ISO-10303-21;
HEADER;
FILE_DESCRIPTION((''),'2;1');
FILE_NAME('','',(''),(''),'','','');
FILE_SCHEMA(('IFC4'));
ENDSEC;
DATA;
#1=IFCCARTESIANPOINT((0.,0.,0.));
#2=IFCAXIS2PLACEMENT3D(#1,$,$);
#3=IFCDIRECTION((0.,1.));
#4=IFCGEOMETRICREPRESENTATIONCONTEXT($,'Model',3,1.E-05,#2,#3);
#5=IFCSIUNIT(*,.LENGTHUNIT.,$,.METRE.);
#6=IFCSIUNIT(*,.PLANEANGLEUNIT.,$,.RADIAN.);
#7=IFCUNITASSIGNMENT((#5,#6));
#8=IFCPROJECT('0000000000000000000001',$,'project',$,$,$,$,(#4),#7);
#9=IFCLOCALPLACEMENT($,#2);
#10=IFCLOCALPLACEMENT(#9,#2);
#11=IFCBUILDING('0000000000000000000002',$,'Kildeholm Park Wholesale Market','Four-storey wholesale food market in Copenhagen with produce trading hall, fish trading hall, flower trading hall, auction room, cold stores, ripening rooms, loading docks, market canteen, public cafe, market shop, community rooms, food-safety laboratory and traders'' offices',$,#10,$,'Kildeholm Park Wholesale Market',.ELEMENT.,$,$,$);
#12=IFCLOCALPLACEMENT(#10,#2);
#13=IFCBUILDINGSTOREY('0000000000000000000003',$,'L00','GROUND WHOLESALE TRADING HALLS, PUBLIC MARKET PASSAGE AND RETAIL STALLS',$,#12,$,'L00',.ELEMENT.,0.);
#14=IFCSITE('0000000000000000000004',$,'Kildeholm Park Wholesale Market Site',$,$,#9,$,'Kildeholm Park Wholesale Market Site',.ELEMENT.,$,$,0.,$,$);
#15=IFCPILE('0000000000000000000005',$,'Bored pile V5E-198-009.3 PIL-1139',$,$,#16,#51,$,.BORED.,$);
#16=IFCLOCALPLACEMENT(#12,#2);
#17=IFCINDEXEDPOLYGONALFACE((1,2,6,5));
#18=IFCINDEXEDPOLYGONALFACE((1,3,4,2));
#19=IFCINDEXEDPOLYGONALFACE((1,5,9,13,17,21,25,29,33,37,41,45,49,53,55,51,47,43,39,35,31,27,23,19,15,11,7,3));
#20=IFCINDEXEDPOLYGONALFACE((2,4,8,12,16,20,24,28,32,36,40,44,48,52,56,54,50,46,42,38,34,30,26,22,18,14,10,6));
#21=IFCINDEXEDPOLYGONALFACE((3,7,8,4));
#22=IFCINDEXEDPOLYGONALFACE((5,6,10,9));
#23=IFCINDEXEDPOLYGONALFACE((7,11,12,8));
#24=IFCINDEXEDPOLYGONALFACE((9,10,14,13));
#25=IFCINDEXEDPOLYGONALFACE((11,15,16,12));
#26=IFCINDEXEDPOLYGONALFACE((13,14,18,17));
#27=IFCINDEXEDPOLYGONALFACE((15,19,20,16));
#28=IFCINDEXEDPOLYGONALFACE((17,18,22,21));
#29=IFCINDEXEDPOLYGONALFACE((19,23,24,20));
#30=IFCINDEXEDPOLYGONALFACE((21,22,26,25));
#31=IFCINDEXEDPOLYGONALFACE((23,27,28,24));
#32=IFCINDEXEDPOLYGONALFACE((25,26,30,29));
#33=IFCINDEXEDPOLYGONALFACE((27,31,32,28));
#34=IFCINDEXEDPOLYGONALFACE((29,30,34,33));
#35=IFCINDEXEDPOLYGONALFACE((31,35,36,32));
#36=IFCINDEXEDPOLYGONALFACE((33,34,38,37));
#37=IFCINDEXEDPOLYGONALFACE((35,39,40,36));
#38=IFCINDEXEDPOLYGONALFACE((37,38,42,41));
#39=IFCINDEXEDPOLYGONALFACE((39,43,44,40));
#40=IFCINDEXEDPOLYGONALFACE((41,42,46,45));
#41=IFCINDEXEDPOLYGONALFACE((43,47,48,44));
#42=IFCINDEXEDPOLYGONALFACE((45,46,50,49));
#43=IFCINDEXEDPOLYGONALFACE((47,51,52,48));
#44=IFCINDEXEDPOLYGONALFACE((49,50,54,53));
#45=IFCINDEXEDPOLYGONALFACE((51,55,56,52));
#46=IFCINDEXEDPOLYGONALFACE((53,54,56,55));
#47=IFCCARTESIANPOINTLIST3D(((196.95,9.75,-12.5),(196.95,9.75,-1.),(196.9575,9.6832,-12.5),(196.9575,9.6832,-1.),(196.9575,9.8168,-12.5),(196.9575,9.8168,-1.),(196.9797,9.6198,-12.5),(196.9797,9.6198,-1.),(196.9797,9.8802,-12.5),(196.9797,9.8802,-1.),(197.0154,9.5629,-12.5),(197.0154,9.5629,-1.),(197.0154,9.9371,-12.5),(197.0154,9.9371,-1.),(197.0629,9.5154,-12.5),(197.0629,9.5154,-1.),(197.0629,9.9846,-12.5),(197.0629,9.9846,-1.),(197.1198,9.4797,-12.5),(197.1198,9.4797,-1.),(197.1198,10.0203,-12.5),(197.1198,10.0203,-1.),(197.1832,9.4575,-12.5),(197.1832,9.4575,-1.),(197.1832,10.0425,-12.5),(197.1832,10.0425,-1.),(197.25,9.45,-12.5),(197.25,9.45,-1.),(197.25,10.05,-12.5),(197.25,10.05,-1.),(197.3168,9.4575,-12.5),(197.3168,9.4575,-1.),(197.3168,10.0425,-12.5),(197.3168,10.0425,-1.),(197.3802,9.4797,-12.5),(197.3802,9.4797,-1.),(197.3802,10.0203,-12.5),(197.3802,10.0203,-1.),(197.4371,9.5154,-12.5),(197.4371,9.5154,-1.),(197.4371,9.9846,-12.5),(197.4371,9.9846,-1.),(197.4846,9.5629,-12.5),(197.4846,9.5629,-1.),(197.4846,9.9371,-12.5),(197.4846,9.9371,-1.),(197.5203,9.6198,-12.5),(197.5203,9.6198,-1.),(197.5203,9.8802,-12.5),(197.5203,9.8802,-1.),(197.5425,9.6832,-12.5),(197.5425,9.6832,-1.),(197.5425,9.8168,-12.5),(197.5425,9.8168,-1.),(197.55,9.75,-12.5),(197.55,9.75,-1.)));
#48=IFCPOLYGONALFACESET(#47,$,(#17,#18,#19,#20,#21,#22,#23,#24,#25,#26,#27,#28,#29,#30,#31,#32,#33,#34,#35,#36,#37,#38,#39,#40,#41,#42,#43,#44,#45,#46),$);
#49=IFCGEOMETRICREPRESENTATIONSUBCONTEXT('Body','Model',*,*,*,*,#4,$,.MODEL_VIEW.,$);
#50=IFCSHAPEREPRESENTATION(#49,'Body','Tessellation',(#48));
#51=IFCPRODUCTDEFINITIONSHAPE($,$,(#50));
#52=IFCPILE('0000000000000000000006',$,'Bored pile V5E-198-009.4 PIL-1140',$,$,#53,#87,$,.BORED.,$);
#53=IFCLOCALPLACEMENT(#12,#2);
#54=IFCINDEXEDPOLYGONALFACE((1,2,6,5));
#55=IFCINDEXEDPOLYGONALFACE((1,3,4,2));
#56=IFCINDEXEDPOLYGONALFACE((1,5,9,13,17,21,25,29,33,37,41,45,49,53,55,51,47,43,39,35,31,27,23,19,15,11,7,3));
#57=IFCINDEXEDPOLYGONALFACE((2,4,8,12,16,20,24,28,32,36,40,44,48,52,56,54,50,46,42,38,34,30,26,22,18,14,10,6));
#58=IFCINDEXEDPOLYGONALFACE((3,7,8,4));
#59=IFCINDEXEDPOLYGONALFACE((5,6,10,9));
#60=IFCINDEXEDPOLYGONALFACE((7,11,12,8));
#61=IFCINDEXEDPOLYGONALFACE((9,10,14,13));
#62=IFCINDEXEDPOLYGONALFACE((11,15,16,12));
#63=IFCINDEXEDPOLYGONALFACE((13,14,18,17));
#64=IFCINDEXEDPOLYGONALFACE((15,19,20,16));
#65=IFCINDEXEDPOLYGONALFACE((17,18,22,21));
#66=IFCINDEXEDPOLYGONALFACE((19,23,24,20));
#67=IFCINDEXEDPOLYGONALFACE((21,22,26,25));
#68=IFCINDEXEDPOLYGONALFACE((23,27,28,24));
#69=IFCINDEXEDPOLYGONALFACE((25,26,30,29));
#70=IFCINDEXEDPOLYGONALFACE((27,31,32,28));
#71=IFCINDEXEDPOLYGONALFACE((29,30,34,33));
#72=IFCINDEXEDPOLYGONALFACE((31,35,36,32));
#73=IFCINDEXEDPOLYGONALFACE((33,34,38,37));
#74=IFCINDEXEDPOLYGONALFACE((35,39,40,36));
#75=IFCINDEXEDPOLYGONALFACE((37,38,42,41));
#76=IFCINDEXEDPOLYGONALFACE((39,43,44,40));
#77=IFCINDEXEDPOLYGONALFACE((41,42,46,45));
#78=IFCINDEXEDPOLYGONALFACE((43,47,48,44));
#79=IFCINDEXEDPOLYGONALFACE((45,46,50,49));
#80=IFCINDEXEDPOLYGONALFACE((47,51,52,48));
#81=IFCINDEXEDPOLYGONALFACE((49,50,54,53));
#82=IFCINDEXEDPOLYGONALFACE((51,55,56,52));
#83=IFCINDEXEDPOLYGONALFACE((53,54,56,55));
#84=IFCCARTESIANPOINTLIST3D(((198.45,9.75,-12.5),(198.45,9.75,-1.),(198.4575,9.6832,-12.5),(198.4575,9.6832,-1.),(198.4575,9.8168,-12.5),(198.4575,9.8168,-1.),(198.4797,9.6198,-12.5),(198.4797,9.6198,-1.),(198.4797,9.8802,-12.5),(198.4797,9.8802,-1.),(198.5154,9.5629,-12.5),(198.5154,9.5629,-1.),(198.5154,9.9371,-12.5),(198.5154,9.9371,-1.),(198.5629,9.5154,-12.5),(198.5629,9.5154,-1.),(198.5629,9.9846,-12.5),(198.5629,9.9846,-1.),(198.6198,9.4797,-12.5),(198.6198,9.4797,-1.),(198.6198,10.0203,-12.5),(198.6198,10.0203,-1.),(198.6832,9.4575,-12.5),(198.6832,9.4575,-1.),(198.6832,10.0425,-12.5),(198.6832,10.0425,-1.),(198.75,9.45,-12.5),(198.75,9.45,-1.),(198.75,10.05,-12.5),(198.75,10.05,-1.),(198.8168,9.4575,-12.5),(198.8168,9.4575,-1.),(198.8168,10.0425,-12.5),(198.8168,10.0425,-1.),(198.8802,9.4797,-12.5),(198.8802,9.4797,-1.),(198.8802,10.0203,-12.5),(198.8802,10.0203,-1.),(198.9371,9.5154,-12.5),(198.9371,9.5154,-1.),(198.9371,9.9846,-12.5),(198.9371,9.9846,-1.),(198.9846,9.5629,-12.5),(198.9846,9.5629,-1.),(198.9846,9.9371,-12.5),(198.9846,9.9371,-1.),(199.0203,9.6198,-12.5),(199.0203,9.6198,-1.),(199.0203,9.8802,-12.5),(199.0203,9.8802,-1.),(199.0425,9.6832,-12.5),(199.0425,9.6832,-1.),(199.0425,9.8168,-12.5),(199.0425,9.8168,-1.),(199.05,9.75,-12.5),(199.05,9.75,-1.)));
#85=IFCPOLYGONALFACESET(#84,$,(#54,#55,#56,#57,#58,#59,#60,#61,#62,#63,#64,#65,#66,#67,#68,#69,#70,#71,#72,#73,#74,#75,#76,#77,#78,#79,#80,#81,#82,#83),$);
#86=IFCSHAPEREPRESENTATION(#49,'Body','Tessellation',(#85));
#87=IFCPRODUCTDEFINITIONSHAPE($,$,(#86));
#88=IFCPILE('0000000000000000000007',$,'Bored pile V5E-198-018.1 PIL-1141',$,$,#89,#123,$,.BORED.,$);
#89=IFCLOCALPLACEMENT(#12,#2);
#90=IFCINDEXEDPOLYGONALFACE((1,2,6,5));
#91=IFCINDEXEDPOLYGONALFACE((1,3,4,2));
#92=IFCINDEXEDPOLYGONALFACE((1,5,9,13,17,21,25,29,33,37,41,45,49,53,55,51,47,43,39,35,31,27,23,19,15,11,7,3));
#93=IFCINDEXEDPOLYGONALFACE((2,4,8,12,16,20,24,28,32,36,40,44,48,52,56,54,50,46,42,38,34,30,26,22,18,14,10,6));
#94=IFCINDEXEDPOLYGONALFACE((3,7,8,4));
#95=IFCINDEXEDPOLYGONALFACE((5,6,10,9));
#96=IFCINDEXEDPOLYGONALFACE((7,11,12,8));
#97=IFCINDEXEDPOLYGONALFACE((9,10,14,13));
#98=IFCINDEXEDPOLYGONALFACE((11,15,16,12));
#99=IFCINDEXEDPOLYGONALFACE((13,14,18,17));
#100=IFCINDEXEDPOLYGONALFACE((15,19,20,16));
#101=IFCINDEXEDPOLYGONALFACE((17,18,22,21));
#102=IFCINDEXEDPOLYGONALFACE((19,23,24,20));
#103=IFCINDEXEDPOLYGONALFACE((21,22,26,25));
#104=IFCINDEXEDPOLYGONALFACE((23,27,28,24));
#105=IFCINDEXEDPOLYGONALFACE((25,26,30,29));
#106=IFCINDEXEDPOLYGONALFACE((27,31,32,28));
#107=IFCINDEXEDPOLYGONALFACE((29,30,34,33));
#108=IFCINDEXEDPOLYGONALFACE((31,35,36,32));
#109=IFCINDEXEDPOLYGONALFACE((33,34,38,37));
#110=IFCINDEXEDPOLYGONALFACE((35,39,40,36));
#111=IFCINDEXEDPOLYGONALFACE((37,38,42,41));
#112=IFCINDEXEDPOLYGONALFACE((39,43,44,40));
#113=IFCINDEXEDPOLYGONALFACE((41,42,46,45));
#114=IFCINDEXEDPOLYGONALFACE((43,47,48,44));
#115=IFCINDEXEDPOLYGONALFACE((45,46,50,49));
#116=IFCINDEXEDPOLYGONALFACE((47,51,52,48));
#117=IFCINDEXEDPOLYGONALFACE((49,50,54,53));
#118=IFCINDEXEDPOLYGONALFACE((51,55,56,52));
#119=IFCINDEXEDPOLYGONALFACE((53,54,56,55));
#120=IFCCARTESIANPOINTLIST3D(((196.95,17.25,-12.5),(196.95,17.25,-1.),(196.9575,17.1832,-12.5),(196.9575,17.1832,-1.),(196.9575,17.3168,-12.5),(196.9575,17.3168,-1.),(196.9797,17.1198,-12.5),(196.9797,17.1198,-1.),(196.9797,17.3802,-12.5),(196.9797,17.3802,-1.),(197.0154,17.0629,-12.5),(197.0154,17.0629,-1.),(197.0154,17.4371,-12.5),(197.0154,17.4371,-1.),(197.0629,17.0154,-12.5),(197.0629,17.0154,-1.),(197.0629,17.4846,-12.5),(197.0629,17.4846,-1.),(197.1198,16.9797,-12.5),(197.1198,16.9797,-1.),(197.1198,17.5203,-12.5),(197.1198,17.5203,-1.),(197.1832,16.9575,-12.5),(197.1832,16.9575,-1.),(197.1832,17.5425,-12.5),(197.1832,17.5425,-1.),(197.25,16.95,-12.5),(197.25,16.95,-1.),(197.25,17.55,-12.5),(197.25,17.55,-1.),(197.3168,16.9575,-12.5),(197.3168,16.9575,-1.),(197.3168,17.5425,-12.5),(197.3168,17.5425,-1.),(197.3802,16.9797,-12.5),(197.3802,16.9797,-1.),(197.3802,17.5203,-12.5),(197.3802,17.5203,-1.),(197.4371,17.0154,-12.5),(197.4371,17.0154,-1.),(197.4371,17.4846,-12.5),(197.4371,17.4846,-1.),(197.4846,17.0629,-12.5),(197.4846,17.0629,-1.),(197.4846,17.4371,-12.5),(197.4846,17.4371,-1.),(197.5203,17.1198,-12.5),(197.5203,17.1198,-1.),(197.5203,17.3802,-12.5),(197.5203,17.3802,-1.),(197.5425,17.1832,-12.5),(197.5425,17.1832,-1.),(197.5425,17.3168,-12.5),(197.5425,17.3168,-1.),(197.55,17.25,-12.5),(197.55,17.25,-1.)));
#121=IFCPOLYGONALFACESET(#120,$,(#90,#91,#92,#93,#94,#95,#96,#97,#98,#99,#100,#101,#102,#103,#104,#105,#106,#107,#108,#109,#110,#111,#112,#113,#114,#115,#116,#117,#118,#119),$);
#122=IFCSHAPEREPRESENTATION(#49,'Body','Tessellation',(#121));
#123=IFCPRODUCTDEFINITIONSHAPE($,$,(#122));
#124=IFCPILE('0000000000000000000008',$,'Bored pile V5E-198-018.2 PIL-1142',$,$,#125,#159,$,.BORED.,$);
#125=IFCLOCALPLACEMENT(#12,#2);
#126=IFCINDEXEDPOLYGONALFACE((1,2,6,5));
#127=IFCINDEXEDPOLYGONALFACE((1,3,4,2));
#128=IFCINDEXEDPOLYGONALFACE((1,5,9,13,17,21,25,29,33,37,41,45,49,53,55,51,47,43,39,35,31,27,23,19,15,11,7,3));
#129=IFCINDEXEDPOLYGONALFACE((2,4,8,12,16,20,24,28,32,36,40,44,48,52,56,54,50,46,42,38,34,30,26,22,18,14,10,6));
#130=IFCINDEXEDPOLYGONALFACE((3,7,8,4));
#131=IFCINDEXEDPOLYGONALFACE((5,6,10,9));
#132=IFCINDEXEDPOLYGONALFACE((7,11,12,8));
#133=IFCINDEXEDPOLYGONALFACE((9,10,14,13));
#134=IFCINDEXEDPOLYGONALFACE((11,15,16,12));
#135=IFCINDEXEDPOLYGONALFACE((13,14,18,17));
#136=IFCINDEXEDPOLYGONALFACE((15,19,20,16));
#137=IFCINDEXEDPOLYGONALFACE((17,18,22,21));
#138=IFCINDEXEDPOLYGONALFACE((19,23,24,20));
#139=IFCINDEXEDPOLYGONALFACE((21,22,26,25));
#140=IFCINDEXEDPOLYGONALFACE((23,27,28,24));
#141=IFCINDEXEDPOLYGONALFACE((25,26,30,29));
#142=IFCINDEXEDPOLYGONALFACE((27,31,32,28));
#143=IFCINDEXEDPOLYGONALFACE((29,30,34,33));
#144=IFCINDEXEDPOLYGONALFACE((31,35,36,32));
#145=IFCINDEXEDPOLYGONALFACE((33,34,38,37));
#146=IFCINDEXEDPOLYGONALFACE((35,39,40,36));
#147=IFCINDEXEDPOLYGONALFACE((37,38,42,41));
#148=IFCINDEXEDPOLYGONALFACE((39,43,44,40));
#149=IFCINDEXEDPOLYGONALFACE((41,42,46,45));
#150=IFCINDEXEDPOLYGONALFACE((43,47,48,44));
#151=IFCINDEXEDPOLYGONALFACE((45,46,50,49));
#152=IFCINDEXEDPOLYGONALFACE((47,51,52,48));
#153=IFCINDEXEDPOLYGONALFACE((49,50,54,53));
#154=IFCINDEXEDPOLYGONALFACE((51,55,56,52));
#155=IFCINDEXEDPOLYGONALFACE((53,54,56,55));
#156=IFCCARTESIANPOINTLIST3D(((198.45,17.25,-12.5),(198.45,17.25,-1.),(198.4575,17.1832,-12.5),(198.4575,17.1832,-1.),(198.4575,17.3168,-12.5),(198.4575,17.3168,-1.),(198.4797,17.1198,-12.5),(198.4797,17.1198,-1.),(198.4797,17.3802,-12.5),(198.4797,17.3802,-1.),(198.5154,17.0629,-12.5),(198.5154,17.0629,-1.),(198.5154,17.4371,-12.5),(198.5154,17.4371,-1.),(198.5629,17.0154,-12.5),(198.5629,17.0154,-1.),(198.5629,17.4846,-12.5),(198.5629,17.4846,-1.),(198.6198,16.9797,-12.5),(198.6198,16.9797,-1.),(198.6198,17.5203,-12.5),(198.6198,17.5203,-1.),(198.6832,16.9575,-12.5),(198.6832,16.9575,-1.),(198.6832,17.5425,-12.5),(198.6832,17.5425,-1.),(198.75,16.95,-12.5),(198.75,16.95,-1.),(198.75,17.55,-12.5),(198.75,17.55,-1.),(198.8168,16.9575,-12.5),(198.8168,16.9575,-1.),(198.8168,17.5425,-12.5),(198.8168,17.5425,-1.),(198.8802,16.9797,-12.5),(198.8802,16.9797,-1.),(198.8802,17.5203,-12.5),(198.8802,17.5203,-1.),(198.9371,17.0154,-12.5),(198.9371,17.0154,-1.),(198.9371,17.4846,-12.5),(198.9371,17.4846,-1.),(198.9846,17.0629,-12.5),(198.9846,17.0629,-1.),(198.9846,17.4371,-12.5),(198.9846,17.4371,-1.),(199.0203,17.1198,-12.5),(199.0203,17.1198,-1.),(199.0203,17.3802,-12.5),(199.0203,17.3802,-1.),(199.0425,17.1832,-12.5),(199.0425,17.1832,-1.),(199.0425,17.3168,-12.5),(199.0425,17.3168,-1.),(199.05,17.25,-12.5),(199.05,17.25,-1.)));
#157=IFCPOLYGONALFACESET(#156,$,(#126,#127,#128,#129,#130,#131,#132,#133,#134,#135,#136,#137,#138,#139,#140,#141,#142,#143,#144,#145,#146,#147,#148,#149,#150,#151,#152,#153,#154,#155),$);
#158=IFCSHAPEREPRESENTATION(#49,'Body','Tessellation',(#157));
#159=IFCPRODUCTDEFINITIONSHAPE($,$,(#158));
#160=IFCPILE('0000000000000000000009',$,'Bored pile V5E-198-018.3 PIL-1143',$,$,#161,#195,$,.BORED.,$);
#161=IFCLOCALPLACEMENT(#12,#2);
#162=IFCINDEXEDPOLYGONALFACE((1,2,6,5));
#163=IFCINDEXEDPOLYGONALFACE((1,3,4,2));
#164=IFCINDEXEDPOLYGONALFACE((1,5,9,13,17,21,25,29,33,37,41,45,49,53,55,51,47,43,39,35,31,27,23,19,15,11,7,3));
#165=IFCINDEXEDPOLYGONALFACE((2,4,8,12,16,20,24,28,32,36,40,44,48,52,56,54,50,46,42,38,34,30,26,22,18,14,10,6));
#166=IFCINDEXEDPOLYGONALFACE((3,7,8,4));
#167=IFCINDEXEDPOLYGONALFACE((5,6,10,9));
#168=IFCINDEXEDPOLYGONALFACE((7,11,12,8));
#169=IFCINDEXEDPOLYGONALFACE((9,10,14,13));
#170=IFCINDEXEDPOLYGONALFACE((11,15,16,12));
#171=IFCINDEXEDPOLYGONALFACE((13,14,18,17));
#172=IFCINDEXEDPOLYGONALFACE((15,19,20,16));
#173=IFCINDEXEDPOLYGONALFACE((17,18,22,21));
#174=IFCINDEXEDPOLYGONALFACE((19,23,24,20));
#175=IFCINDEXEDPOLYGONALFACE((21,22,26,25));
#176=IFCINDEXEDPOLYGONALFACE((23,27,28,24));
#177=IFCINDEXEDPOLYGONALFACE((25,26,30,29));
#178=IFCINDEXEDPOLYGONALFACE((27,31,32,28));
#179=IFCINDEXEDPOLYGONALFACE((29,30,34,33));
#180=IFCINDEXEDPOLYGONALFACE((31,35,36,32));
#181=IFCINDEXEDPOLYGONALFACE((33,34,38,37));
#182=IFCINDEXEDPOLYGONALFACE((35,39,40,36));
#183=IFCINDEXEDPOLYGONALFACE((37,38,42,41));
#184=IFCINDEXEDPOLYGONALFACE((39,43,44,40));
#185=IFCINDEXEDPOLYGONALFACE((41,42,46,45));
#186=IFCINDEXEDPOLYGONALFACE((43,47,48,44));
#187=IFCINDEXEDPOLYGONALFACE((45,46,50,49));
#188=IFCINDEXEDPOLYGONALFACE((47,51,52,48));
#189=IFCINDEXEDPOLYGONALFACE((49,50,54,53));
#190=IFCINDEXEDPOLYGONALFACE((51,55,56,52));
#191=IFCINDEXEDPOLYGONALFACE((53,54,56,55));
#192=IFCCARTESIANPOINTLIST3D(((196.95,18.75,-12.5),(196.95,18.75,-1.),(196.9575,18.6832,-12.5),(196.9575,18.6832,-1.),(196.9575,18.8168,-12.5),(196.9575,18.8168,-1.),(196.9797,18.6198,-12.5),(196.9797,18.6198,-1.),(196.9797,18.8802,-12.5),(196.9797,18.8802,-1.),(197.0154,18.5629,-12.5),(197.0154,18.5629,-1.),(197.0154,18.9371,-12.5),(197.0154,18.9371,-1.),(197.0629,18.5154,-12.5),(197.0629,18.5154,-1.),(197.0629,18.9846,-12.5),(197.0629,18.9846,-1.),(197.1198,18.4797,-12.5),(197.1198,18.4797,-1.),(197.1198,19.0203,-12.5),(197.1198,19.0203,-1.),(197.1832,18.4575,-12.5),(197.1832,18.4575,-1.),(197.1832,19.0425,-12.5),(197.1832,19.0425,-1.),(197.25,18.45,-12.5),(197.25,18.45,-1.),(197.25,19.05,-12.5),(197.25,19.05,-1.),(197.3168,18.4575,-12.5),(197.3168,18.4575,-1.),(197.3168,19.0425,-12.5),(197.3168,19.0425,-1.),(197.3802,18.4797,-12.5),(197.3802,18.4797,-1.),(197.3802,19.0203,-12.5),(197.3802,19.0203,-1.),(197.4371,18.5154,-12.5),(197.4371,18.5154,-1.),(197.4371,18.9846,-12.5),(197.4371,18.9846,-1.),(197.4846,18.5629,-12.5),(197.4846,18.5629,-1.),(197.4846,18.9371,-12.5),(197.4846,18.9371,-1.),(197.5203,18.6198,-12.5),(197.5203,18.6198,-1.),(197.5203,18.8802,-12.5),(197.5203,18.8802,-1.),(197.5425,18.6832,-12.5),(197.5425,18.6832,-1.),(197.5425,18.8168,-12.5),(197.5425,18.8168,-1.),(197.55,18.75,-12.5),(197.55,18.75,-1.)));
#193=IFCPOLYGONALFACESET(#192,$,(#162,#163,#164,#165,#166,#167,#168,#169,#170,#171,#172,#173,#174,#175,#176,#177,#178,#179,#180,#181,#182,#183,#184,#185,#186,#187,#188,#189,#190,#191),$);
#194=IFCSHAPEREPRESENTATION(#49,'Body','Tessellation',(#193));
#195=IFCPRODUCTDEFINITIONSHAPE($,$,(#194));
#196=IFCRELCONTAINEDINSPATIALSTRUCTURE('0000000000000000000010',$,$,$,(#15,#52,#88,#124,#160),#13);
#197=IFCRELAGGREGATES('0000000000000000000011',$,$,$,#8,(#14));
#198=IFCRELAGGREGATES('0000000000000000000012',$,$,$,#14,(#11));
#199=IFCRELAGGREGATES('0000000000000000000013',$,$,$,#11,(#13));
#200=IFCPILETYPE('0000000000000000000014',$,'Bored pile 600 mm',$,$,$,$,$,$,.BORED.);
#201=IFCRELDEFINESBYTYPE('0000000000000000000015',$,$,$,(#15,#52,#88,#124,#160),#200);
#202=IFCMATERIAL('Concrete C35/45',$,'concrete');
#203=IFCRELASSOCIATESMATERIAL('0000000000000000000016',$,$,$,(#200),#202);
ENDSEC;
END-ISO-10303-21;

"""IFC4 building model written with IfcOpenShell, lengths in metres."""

from ifc_helpers import new_model, si_unit, direction, frame, origin, origin_2d, place, context, subcontext, project, spatial, circle, extrude, material, material_profile, profile_set, type_object, element, save


model = new_model("IFC4")

# Units and contexts
model_context = context("Model", 3, precision=1e-05, world=origin(), true_north=direction((0.0, 1.0)))
body_context = subcontext(model_context, "Body", "Model", "MODEL_VIEW")
ifc_project = project(units=[si_unit("LENGTHUNIT", "METRE"), si_unit("PLANEANGLEUNIT", "RADIAN")], contexts=[model_context])

# Site, building, storey
site_placement = place(None, origin())
site = spatial("IfcSite", under=ifc_project, at=site_placement, Name="Kildeholm Park Wholesale Market Site", LongName="Kildeholm Park Wholesale Market Site", CompositionType="ELEMENT", RefElevation=0.0)
building_placement = place(site_placement, origin())
building = spatial("IfcBuilding", under=site, at=building_placement, Name="Kildeholm Park Wholesale Market", Description="Four-storey wholesale food market in Copenhagen with produce trading hall, fish trading hall, flower trading hall, auction room, cold stores, ripening rooms, loading docks, market canteen, public cafe, market shop, community rooms, food-safety laboratory and traders' offices", LongName="Kildeholm Park Wholesale Market", CompositionType="ELEMENT")
storey_placement = place(building_placement, origin())
storey = spatial("IfcBuildingStorey", under=building, at=storey_placement, Name="L00", Description="GROUND WHOLESALE TRADING HALLS, PUBLIC MARKET PASSAGE AND RETAIL STALLS", LongName="L00", CompositionType="ELEMENT", Elevation=0.0)

# Piles
ifc_material_1 = material(Name="Concrete C35/45", Category="concrete")
ifc_material_profile_1 = material_profile(ifc_material_1, circle(Radius=0.3, at=origin_2d()), Name="PILE D600")
ifc_profile_set_1 = profile_set([ifc_material_profile_1], Name="Concrete C35/45")
pile_type = type_object("IfcPileType", Name="Bored pile 600 mm", PredefinedType="BORED", material=ifc_profile_set_1)
for number, where, z_axis, x_axis, name in (
    (1, (197.25, 9.75, -1.0), (0.0, 0.0, -1.0), (1.0, 0.0, 0.0), "Bored pile V5E-198-009.3 PIL-1139"),
    (2, (198.75, 9.75, -1.0), (0.0, 0.0, -1.0), (1.0, 0.0, 0.0), "Bored pile V5E-198-009.4 PIL-1140"),
    (3, (197.25, 17.25, -1.0), (0.0, 0.0, -1.0), (1.0, 0.0, 0.0), "Bored pile V5E-198-018.1 PIL-1141"),
    (4, (198.75, 17.25, -1.0), (0.0, 0.0, -1.0), (1.0, 0.0, 0.0), "Bored pile V5E-198-018.2 PIL-1142"),
    (5, (197.25, 18.75, -1.0), (0.0, 0.0, -1.0), (1.0, 0.0, 0.0), "Bored pile V5E-198-018.3 PIL-1143"),
):
    element("IfcPile", number, at=place(storey_placement, frame(where, z_axis=z_axis, x_axis=x_axis)), inside=storey, type_object=pile_type, Name=name, PredefinedType="BORED", context=body_context, shape_type="SweptSolid", body=[
        extrude(circle(Radius=0.3, at=origin_2d()), origin(), (0.0, 0.0, 1.0), 11.5),
    ])

save(model, "model.ifc")
